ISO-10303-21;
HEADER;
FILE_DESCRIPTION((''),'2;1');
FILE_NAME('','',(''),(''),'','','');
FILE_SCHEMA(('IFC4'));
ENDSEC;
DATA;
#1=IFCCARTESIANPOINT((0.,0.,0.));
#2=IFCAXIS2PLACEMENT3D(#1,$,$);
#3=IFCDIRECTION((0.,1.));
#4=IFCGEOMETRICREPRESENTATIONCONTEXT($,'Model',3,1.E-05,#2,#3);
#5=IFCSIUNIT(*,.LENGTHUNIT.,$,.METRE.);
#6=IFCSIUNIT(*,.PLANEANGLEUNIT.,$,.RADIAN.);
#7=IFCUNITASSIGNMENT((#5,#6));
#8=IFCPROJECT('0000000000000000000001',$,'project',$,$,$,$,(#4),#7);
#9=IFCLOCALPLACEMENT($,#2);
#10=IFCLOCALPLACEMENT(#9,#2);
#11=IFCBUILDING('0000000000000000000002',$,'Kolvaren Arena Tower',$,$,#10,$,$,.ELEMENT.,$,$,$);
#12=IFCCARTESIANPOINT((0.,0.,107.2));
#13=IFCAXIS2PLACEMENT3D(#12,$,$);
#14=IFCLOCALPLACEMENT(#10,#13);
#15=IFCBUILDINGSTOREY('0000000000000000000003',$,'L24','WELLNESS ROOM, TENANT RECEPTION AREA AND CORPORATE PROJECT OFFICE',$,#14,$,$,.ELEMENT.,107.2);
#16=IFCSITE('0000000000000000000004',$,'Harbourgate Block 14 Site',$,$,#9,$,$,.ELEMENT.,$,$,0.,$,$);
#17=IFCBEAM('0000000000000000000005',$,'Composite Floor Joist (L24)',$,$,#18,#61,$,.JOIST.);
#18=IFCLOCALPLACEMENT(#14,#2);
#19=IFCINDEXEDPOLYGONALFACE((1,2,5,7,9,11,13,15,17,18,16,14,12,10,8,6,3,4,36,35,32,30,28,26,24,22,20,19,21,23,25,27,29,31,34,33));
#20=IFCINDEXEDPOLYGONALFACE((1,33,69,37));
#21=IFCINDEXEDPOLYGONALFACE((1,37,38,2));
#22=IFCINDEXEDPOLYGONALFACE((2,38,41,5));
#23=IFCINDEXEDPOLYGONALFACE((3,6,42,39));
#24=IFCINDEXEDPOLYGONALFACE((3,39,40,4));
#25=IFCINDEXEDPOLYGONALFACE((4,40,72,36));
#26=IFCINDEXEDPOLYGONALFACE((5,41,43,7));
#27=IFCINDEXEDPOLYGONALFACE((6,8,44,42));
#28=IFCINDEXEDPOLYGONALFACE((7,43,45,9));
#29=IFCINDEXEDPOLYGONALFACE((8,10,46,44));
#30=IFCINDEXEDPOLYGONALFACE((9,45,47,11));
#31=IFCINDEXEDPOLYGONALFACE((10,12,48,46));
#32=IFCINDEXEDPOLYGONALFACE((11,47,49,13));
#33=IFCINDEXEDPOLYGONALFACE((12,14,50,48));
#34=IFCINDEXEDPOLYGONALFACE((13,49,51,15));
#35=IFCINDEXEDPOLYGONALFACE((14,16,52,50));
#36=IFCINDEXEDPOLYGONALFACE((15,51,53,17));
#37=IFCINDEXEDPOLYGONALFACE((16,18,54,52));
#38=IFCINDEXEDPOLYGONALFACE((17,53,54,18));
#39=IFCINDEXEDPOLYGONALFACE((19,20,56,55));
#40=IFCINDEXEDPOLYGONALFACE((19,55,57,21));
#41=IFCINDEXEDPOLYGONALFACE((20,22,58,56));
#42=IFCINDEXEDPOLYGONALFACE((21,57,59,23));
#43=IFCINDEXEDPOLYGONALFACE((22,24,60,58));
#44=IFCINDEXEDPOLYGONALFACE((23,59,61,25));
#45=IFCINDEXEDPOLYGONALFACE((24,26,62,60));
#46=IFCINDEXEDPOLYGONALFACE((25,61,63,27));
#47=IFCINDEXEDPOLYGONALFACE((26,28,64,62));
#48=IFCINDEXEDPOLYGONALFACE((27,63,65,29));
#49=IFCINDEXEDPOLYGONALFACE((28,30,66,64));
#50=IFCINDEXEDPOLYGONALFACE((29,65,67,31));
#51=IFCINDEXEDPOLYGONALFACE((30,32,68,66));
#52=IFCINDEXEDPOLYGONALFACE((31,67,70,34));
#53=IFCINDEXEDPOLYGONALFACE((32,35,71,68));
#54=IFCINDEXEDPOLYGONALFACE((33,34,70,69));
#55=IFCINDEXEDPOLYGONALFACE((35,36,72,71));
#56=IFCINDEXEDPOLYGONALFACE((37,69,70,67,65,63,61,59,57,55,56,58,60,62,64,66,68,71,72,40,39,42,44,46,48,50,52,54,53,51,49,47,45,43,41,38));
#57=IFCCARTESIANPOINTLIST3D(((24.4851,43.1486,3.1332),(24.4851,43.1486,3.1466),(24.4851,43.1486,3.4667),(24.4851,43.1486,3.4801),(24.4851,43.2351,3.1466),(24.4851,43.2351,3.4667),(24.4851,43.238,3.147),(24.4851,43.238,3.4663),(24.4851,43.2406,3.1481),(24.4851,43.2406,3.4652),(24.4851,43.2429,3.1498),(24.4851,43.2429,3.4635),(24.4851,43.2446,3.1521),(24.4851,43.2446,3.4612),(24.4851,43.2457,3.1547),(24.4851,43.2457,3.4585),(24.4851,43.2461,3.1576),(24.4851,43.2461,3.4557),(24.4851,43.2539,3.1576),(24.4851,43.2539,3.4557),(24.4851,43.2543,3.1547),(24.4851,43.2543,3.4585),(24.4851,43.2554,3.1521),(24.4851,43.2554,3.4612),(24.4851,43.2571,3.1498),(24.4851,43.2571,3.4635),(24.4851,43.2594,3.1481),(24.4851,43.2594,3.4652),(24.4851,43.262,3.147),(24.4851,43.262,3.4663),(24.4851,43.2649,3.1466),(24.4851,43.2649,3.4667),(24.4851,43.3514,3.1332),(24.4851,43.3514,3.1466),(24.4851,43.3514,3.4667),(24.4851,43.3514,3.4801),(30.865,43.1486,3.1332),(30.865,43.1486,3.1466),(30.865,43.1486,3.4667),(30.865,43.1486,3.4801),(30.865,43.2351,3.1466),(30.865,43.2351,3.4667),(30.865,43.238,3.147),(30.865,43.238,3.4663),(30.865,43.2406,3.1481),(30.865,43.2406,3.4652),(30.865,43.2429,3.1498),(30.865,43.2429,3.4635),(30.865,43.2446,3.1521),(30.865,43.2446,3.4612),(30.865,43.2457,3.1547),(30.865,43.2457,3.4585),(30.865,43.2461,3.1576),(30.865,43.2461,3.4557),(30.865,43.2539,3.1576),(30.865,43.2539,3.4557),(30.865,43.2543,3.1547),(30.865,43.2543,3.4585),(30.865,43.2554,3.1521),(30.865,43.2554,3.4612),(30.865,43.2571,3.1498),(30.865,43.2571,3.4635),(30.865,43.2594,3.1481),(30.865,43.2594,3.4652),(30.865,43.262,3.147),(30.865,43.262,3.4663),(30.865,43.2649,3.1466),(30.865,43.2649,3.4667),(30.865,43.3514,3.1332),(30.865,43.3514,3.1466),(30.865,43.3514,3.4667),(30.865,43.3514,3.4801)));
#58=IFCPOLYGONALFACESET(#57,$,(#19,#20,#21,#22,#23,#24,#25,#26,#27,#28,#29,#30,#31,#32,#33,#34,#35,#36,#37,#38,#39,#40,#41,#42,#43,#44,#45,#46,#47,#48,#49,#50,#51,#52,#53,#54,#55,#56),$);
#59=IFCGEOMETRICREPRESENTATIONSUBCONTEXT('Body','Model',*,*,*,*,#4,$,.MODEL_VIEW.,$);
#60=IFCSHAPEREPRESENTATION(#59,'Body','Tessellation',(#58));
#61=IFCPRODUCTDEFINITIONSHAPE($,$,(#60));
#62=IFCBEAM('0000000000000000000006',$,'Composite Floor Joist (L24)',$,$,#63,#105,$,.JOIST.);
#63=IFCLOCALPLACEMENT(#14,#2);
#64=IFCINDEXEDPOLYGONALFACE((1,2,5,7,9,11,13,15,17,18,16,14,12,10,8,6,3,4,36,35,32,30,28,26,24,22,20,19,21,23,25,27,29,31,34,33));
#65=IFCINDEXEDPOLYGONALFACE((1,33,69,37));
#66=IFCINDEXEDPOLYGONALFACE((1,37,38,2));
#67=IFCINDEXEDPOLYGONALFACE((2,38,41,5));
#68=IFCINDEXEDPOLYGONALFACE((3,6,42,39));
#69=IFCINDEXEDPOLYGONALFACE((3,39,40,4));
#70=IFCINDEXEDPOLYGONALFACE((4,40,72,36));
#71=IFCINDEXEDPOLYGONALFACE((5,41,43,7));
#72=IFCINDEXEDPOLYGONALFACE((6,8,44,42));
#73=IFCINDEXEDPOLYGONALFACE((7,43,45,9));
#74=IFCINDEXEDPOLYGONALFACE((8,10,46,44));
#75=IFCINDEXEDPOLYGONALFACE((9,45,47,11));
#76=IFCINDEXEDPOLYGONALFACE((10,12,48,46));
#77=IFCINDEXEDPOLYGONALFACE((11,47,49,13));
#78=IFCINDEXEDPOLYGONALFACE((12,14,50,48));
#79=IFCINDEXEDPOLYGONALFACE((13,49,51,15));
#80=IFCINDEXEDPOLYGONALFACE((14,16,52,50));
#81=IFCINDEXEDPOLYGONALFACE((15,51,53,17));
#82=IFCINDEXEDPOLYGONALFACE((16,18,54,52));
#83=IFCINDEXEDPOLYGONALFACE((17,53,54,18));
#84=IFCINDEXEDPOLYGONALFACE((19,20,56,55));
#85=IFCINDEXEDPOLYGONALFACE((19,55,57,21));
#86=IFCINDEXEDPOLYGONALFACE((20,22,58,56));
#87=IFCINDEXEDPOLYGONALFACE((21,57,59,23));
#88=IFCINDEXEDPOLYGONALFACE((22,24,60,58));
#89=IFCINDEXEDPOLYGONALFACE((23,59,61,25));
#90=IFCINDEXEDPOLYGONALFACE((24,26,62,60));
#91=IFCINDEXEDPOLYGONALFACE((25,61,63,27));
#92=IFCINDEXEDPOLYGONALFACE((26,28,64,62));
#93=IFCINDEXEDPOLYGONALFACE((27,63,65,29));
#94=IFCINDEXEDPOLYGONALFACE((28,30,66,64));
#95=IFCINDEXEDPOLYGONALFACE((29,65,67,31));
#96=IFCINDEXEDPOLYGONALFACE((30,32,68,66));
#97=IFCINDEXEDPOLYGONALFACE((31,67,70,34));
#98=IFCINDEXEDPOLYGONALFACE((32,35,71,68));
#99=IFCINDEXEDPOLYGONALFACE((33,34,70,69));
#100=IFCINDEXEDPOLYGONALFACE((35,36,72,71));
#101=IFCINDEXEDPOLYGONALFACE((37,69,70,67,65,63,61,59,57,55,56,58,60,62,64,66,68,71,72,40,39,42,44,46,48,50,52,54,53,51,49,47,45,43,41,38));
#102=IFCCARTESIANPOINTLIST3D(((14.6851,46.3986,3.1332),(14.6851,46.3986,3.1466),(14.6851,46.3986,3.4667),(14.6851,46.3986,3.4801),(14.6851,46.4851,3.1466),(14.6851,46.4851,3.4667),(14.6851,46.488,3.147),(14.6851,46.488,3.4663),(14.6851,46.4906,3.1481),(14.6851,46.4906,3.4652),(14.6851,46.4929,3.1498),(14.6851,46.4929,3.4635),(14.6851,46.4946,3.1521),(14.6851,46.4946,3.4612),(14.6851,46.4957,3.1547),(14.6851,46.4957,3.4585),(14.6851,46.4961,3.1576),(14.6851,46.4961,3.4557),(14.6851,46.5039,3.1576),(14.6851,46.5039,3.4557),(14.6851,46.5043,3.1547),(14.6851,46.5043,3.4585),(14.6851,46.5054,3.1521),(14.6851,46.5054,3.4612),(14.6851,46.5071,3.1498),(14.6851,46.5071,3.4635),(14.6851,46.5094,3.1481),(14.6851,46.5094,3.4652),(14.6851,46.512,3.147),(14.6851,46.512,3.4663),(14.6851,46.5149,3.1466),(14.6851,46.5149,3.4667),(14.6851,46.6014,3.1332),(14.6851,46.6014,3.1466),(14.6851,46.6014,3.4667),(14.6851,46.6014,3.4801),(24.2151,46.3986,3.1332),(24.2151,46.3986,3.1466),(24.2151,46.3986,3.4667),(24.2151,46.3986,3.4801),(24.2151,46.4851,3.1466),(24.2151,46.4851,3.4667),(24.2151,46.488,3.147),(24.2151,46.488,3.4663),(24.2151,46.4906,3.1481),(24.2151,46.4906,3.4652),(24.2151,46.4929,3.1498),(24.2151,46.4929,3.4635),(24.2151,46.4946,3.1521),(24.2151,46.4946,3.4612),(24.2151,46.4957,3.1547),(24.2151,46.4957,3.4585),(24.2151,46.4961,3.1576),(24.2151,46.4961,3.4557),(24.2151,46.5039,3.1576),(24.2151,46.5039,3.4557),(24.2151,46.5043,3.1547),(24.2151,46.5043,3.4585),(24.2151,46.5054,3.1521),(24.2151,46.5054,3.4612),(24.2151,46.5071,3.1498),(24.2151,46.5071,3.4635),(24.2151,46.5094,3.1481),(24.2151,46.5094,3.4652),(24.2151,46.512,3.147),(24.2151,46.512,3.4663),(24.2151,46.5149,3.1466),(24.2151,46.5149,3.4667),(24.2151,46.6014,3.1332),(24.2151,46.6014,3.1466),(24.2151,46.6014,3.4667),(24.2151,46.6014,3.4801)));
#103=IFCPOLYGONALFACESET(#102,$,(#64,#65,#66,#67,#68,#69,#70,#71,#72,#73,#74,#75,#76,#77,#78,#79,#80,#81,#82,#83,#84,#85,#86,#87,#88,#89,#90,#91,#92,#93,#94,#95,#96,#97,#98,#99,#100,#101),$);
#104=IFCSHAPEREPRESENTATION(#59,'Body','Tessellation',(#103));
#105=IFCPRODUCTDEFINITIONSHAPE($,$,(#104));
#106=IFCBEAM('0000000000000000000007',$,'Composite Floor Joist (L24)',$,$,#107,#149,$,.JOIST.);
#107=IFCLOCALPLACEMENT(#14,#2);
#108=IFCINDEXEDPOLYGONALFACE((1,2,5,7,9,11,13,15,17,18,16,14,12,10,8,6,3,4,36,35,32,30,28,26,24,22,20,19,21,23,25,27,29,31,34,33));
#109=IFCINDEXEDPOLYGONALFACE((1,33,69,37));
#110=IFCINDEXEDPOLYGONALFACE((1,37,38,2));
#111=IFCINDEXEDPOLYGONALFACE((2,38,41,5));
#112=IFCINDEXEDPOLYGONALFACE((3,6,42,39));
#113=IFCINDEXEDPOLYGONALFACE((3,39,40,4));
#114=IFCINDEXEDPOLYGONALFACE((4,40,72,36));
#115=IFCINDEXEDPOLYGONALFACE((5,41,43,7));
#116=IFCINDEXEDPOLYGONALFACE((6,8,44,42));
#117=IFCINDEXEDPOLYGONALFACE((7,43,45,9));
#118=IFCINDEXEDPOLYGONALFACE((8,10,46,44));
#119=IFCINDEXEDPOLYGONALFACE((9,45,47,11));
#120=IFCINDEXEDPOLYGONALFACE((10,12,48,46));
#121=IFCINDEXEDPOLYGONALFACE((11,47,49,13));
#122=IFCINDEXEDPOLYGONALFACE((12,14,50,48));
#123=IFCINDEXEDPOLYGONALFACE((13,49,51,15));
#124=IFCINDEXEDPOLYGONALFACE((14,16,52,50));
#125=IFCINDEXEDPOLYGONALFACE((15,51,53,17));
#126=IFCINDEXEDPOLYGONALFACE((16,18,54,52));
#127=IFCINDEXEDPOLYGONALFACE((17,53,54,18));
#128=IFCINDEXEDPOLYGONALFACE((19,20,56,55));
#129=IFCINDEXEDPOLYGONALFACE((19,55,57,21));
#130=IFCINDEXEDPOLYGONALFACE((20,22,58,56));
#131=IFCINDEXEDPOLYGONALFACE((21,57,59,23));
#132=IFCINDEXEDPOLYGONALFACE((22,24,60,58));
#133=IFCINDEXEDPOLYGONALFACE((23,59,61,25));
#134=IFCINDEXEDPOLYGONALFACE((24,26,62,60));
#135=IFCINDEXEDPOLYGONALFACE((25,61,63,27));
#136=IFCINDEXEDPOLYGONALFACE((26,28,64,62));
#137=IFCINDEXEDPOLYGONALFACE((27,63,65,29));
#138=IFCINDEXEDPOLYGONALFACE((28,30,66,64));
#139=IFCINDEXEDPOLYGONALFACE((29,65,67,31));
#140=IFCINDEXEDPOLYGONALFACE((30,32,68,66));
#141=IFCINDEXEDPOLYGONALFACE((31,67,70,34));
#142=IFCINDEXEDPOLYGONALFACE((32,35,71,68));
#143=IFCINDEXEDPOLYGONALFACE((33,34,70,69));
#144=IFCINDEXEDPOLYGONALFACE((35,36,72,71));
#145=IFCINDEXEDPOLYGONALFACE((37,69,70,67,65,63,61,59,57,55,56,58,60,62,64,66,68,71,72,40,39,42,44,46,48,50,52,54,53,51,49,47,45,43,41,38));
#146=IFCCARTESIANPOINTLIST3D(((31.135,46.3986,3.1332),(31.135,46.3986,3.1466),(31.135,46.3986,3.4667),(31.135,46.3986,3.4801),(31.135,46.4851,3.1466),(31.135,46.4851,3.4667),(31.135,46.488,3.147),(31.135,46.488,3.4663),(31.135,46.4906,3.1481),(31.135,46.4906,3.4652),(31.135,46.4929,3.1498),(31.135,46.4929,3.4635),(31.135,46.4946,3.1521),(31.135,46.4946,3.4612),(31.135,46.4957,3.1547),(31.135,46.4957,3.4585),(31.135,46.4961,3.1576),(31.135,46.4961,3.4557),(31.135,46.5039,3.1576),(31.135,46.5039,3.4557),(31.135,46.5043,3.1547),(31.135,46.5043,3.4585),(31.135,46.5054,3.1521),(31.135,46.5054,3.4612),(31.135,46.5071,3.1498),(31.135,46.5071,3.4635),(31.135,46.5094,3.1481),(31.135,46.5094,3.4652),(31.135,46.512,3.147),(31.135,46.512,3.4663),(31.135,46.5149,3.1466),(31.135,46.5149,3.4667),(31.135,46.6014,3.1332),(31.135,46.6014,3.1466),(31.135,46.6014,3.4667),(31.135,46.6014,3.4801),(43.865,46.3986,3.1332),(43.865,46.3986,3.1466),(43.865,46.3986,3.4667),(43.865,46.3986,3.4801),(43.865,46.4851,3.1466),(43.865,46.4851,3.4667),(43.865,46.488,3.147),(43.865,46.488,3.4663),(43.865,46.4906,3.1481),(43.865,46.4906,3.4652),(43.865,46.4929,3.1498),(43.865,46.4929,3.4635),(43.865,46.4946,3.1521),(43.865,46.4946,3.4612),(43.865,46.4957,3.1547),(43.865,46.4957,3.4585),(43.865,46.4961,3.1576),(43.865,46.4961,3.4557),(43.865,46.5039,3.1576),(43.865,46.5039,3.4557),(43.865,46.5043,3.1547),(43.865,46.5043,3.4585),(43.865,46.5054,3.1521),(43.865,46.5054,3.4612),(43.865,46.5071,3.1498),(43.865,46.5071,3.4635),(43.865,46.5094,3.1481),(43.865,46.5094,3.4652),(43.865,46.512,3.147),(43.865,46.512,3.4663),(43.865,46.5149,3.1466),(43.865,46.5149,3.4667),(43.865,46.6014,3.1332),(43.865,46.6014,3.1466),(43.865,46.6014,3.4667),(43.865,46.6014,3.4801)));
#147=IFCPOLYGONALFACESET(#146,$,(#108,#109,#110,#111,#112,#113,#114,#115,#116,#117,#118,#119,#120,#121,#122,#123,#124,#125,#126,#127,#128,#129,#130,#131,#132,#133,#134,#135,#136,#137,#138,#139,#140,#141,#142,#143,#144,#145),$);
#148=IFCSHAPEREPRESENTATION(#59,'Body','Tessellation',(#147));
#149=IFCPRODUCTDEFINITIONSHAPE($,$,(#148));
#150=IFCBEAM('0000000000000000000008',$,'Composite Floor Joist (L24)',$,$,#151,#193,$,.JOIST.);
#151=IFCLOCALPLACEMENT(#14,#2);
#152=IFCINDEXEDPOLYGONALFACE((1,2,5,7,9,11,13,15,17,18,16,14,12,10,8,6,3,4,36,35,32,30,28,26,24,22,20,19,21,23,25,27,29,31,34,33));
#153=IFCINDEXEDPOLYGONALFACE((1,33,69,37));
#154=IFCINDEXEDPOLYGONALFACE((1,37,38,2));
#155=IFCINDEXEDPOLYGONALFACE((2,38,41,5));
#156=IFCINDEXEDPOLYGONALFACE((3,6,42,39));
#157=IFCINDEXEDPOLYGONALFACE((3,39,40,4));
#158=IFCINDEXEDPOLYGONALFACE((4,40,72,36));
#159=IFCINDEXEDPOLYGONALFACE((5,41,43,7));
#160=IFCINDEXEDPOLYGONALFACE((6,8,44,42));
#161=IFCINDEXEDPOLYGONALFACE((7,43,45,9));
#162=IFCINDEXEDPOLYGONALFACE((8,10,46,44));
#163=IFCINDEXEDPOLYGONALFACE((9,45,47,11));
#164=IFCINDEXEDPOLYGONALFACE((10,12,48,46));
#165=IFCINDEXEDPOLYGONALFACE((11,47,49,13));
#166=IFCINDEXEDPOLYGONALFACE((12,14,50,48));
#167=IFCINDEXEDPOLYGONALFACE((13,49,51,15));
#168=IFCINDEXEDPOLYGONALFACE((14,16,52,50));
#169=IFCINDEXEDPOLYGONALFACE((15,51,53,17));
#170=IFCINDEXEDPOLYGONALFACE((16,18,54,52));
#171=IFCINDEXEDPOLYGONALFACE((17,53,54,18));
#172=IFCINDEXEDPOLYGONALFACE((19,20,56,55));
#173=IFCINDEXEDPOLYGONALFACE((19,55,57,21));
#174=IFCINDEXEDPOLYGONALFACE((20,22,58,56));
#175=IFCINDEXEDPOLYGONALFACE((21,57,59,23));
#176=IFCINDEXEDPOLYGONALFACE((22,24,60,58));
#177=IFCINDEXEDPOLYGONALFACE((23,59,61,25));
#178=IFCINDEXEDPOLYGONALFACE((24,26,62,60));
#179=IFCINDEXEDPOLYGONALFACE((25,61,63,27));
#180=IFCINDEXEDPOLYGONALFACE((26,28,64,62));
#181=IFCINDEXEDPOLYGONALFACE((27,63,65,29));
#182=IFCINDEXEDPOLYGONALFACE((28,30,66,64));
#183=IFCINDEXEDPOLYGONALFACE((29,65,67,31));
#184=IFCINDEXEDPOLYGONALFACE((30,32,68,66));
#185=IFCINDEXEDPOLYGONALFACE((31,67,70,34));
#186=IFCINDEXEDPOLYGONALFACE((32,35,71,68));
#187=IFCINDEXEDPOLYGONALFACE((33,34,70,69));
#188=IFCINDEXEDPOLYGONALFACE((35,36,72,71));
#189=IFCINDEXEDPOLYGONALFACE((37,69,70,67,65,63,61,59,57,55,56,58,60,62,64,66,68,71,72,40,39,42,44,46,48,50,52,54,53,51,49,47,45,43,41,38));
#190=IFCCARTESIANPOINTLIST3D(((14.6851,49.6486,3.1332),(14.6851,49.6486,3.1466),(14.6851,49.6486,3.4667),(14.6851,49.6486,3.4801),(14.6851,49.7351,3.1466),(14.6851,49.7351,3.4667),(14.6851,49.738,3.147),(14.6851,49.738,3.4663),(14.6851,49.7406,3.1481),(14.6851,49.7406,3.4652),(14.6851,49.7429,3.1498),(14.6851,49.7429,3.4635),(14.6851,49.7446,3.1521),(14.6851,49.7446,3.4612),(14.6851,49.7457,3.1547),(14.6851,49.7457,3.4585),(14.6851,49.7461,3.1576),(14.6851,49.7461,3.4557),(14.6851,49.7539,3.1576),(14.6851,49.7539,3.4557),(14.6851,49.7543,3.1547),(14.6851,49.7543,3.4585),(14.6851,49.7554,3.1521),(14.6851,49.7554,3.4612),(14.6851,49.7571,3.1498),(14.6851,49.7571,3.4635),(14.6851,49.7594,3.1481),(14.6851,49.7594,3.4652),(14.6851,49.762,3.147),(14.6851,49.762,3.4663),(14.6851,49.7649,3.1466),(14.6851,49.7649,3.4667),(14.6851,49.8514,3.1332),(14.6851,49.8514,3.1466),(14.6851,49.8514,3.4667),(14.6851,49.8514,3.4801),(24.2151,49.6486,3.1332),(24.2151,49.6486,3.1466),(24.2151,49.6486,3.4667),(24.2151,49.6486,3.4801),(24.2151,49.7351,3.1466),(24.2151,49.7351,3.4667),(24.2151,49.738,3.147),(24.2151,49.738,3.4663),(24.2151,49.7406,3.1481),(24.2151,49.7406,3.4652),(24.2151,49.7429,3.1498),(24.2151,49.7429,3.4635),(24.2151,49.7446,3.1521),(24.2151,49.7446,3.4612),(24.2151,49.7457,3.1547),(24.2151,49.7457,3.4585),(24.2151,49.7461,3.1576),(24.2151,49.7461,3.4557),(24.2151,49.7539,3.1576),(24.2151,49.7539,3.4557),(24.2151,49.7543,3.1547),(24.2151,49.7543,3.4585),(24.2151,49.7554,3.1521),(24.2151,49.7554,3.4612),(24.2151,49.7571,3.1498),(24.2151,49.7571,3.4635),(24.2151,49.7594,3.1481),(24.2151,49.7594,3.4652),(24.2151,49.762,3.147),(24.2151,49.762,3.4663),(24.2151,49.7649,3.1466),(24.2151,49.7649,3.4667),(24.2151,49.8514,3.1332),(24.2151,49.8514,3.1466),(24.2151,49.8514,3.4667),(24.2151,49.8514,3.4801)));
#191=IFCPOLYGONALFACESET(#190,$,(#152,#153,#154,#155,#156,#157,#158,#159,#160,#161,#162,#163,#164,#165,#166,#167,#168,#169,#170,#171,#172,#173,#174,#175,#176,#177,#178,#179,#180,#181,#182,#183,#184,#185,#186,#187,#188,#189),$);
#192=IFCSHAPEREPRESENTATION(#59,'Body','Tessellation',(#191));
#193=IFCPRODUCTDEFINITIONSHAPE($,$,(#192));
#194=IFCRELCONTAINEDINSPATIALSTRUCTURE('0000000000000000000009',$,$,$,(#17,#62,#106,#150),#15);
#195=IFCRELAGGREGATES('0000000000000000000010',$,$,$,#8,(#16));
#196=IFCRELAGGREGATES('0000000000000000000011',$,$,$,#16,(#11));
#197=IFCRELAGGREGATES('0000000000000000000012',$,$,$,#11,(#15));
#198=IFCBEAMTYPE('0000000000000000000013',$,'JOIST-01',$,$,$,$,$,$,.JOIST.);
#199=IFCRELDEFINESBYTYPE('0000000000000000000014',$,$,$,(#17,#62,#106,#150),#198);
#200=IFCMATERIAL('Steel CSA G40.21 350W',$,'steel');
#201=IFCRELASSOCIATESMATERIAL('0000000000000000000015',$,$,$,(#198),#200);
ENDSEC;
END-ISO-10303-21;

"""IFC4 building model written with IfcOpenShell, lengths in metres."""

from ifc_helpers import new_model, si_unit, direction, frame, origin, origin_2d, place, context, subcontext, project, spatial, i_section, extrude, material, material_profile, profile_set, type_object, element, save


model = new_model("IFC4")

# Units and contexts
model_context = context("Model", 3, precision=1e-05, world=origin(), true_north=direction((0.0, 1.0)))
body_context = subcontext(model_context, "Body", "Model", "MODEL_VIEW")
ifc_project = project(units=[si_unit("LENGTHUNIT", "METRE"), si_unit("PLANEANGLEUNIT", "RADIAN")], contexts=[model_context])

# Site, building, storey
site_placement = place(None, origin())
site = spatial("IfcSite", under=ifc_project, at=site_placement, Name="Harbourgate Block 14 Site", CompositionType="ELEMENT", RefElevation=0.0)
building_placement = place(site_placement, origin())
building = spatial("IfcBuilding", under=site, at=building_placement, Name="Kolvaren Arena Tower", CompositionType="ELEMENT")
storey_placement = place(building_placement, frame((0.0, 0.0, 107.2)))
storey = spatial("IfcBuildingStorey", under=building, at=storey_placement, Name="L24", Description="WELLNESS ROOM, TENANT RECEPTION AREA AND CORPORATE PROJECT OFFICE", CompositionType="ELEMENT", Elevation=107.2)

# Beams
ifc_material_1 = material(Name="Steel CSA G40.21 350W", Category="steel")
ifc_material_profile_1 = material_profile(ifc_material_1, i_section(OverallWidth=0.2029, OverallDepth=0.3469, WebThickness=0.0078, FlangeThickness=0.0134, FilletRadius=0.011, at=origin_2d()), Name="W360x64")
ifc_profile_set_1 = profile_set([ifc_material_profile_1], Name="Steel CSA G40.21 350W")
beam_type_1 = type_object("IfcBeamType", Name="JOIST-01", PredefinedType="JOIST", material=ifc_profile_set_1)
beam_1_placement = place(storey_placement, frame((24.4851, 43.25, 3.3066), z_axis=(1.0, 0.0, 0.0), x_axis=(0.0, 1.0, 0.0)))
element("IfcBeam", 1, at=beam_1_placement, inside=storey, type_object=beam_type_1, Name="Composite Floor Joist (L24)", PredefinedType="JOIST", context=body_context, shape_type="SweptSolid", body=[
    extrude(i_section(OverallWidth=0.2029, OverallDepth=0.3469, WebThickness=0.0078, FlangeThickness=0.0134, FilletRadius=0.011, at=origin_2d()), origin(), (0.0, 0.0, 1.0), 6.3799),
])
beam_2_placement = place(storey_placement, frame((14.6851, 46.5, 3.3066), z_axis=(1.0, 0.0, 0.0), x_axis=(0.0, 1.0, 0.0)))
element("IfcBeam", 2, at=beam_2_placement, inside=storey, type_object=beam_type_1, Name="Composite Floor Joist (L24)", PredefinedType="JOIST", context=body_context, shape_type="SweptSolid", body=[
    extrude(i_section(OverallWidth=0.2029, OverallDepth=0.3469, WebThickness=0.0078, FlangeThickness=0.0134, FilletRadius=0.011, at=origin_2d()), origin(), (0.0, 0.0, 1.0), 9.53),
])
beam_3_placement = place(storey_placement, frame((31.135, 46.5, 3.3066), z_axis=(1.0, 0.0, 0.0), x_axis=(0.0, 1.0, 0.0)))
element("IfcBeam", 3, at=beam_3_placement, inside=storey, type_object=beam_type_1, Name="Composite Floor Joist (L24)", PredefinedType="JOIST", context=body_context, shape_type="SweptSolid", body=[
    extrude(i_section(OverallWidth=0.2029, OverallDepth=0.3469, WebThickness=0.0078, FlangeThickness=0.0134, FilletRadius=0.011, at=origin_2d()), origin(), (0.0, 0.0, 1.0), 12.73),
])
beam_4_placement = place(storey_placement, frame((14.6851, 49.75, 3.3066), z_axis=(1.0, 0.0, 0.0), x_axis=(0.0, 1.0, 0.0)))
element("IfcBeam", 4, at=beam_4_placement, inside=storey, type_object=beam_type_1, Name="Composite Floor Joist (L24)", PredefinedType="JOIST", context=body_context, shape_type="SweptSolid", body=[
    extrude(i_section(OverallWidth=0.2029, OverallDepth=0.3469, WebThickness=0.0078, FlangeThickness=0.0134, FilletRadius=0.011, at=origin_2d()), origin(), (0.0, 0.0, 1.0), 9.53),
])

save(model, "model.ifc")
